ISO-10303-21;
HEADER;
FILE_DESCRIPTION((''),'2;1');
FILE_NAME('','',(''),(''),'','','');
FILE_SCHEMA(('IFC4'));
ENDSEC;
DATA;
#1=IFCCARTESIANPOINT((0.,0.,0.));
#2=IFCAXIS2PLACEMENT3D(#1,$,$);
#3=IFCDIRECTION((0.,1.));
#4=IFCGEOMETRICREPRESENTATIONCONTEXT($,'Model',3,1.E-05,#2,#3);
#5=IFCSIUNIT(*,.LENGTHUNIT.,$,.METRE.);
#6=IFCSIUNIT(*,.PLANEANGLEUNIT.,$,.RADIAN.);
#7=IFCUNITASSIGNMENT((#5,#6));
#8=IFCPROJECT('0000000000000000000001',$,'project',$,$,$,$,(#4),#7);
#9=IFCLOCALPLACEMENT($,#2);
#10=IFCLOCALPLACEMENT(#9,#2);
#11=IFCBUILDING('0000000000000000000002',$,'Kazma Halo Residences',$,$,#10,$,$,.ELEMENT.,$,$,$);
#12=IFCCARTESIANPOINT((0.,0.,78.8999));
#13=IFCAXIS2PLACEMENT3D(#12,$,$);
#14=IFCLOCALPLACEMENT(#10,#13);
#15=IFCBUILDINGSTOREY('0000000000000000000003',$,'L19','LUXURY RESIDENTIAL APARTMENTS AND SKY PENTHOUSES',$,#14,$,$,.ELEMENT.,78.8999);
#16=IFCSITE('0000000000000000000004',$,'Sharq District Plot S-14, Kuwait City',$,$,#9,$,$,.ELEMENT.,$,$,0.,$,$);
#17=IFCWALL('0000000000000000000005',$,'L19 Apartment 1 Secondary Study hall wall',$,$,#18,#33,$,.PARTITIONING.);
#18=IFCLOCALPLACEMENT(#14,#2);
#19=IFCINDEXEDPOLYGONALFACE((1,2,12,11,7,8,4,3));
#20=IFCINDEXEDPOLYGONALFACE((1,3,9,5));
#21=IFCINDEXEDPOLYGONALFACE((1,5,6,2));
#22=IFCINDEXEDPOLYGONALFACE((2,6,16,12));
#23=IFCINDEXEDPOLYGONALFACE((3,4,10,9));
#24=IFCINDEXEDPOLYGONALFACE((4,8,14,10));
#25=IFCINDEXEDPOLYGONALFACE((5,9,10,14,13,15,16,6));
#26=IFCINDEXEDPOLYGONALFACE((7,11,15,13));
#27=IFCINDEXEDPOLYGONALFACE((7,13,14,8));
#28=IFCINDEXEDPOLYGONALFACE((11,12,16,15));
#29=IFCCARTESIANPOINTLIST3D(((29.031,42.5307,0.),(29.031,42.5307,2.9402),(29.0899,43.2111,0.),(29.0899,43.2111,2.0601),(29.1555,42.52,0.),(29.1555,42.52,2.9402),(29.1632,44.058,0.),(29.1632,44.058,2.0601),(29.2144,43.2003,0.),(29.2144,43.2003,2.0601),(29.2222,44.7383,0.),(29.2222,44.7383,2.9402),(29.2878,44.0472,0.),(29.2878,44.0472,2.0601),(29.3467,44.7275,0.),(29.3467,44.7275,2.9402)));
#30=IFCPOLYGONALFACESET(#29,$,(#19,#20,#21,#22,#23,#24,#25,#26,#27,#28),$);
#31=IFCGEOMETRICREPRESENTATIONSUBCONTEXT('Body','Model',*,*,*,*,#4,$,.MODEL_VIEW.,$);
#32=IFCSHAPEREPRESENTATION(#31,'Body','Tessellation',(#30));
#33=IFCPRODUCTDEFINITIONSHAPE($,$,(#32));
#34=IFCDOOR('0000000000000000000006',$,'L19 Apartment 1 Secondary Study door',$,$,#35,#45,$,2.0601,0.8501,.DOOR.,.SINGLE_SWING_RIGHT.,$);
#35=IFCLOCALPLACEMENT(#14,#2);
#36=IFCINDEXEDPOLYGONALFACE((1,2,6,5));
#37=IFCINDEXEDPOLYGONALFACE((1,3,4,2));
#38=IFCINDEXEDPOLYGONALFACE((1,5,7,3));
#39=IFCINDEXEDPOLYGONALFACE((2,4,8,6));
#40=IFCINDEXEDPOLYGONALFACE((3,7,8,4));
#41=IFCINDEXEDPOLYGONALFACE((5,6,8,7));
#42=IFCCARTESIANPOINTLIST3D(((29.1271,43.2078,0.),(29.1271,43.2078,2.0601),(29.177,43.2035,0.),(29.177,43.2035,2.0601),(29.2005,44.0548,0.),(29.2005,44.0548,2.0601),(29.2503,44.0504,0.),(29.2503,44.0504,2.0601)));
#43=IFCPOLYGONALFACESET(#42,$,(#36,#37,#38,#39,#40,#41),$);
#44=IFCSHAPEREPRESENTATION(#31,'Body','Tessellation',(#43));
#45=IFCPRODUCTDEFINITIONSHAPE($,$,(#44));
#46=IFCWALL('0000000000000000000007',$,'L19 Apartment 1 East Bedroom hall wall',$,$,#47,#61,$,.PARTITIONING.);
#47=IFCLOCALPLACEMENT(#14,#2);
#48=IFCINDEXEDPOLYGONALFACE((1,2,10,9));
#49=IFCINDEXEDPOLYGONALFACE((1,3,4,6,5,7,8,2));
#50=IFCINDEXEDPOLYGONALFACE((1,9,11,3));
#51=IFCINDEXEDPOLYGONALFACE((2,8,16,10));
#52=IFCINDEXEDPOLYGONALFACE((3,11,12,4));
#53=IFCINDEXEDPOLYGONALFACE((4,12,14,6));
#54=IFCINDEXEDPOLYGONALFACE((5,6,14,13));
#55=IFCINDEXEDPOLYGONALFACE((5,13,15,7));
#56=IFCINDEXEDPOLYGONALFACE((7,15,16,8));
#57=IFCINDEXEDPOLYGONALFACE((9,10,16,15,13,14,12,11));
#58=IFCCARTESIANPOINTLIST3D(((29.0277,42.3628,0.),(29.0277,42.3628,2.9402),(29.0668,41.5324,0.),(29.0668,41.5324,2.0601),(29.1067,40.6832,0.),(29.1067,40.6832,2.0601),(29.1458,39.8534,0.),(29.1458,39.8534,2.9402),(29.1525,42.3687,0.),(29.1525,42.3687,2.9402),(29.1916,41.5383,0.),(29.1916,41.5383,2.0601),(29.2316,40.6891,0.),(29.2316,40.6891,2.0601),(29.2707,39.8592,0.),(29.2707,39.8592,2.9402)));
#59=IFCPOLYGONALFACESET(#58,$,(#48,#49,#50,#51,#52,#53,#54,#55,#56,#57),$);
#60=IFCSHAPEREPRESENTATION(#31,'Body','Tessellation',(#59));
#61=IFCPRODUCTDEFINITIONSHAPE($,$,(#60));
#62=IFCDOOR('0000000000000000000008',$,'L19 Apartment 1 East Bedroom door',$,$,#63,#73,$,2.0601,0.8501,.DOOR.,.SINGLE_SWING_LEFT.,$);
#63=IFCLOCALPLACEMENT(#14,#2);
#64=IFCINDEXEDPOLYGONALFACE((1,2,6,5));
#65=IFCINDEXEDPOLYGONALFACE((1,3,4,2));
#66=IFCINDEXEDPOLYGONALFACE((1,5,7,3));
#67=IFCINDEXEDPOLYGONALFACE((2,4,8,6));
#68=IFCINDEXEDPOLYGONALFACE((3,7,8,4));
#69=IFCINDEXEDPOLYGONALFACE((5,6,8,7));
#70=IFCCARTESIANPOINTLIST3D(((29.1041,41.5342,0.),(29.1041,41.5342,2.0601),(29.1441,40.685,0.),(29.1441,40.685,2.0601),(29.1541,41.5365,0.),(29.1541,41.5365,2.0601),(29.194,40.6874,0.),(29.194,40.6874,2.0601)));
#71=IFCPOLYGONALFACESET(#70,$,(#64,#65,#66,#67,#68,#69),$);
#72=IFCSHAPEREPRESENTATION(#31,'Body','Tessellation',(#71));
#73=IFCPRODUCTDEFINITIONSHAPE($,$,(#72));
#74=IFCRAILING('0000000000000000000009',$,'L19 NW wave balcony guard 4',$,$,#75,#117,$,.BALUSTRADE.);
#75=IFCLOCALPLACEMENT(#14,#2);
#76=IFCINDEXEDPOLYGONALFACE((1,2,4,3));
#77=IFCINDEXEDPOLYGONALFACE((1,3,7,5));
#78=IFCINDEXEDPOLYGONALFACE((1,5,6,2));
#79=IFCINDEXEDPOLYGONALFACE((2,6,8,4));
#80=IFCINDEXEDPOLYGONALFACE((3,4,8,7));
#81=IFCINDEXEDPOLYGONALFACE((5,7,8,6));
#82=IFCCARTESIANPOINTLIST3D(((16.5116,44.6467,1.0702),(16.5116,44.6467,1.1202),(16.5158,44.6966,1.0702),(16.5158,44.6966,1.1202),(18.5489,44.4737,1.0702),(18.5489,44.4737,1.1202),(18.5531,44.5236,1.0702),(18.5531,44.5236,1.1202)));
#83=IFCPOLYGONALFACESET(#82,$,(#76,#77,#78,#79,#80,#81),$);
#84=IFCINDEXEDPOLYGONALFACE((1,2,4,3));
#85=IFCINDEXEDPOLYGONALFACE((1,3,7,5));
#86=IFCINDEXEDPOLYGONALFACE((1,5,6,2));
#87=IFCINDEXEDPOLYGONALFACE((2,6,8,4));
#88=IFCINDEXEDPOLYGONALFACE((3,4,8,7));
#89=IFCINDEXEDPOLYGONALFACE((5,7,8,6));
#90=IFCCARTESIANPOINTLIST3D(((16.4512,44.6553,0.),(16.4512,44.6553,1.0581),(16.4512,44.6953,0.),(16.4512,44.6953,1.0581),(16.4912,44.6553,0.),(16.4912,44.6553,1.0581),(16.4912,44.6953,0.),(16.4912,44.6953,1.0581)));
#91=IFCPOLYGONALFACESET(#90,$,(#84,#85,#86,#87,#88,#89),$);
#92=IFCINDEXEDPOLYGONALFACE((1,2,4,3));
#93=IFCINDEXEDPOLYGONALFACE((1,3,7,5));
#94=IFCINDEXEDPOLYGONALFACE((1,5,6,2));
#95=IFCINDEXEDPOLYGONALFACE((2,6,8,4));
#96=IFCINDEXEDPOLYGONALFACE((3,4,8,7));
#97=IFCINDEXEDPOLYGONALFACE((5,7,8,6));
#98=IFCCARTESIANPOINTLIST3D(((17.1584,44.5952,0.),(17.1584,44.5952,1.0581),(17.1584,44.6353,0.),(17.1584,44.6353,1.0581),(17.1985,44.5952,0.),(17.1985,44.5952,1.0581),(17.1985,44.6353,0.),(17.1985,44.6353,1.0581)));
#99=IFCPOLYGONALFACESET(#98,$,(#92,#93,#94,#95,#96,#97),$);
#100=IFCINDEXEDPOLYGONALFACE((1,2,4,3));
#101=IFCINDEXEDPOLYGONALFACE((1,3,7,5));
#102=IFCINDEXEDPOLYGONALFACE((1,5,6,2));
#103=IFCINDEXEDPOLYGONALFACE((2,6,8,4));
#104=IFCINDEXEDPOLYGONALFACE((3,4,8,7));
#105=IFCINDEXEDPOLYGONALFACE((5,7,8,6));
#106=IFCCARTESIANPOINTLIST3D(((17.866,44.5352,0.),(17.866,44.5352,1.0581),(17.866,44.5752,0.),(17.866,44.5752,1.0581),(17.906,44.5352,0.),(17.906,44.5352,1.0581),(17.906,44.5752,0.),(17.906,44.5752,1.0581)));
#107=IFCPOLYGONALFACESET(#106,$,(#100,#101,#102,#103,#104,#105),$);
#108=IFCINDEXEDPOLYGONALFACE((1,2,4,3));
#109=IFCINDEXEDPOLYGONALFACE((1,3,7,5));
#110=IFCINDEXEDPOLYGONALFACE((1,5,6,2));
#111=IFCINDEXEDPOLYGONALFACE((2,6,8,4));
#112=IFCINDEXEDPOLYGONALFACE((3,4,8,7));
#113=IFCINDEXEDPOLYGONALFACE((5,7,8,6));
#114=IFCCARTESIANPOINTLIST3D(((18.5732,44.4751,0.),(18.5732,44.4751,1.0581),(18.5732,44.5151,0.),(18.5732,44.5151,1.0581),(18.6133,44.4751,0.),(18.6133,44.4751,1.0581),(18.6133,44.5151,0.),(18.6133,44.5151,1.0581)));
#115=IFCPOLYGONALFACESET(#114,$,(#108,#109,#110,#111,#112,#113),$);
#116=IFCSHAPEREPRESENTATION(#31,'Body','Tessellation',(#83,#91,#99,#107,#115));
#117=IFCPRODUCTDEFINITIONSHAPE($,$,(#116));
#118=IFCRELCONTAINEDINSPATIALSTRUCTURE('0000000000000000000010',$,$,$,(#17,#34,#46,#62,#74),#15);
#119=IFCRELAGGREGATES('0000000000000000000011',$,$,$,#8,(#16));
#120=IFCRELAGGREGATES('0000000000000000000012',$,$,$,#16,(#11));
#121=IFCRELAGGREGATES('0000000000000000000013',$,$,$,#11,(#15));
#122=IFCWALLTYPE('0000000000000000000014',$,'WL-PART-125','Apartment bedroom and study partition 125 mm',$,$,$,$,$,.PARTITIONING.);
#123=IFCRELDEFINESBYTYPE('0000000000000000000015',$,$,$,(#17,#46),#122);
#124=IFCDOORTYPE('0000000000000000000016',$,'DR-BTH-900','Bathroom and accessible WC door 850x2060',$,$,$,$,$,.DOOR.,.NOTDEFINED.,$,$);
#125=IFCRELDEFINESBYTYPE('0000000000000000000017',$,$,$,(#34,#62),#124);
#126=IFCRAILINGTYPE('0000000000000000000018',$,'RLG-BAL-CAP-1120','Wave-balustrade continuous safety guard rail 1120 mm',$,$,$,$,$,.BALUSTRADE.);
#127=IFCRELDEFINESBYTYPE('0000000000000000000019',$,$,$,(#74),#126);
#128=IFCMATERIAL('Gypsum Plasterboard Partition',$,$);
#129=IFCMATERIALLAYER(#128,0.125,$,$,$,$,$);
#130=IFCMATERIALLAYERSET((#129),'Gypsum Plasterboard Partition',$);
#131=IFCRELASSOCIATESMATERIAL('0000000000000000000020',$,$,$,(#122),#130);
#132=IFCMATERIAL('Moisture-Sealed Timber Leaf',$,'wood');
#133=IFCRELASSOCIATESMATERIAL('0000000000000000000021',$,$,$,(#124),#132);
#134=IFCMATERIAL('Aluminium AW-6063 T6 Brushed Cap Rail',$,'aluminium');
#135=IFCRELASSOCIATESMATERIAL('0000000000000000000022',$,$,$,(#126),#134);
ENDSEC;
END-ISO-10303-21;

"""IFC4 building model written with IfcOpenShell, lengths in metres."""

from ifc_helpers import new_model, si_unit, direction, frame, frame_2d, origin, origin_2d, place, context, subcontext, project, spatial, rectangle, extrude, material, layer, layer_set, type_object, element, fill, save


model = new_model("IFC4")

# Units and contexts
model_context = context("Model", 3, precision=1e-05, world=origin(), true_north=direction((0.0, 1.0)))
body_context = subcontext(model_context, "Body", "Model", "MODEL_VIEW")
ifc_project = project(units=[si_unit("LENGTHUNIT", "METRE"), si_unit("PLANEANGLEUNIT", "RADIAN")], contexts=[model_context])

# Site, building, storey
site_placement = place(None, origin())
site = spatial("IfcSite", under=ifc_project, at=site_placement, Name="Sharq District Plot S-14, Kuwait City", CompositionType="ELEMENT", RefElevation=0.0)
building_placement = place(site_placement, origin())
building = spatial("IfcBuilding", under=site, at=building_placement, Name="Kazma Halo Residences", CompositionType="ELEMENT")
storey_placement = place(building_placement, frame((0.0, 0.0, 78.8999)))
storey = spatial("IfcBuildingStorey", under=building, at=storey_placement, Name="L19", Description="LUXURY RESIDENTIAL APARTMENTS AND SKY PENTHOUSES", CompositionType="ELEMENT", Elevation=78.8999)

# Shared definitions
ifc_material_1 = material(Name="Gypsum Plasterboard Partition")
ifc_layer_1 = layer(ifc_material_1, 0.125)
ifc_layer_set_1 = layer_set([ifc_layer_1], Name="Gypsum Plasterboard Partition")
wall_type_1 = type_object("IfcWallType", Name="WL-PART-125", Description="Apartment bedroom and study partition 125 mm", PredefinedType="PARTITIONING", material=ifc_layer_set_1)

# Shared definitions
ifc_material_2 = material(Name="Moisture-Sealed Timber Leaf", Category="wood")
door_type = type_object("IfcDoorType", Name="DR-BTH-900", Description="Bathroom and accessible WC door 850x2060", OperationType="NOTDEFINED", PredefinedType="DOOR", material=ifc_material_2)

# Walls, openings, doors
wall_1_placement = place(storey_placement, frame((29.2844, 44.7329, 0.0), z_axis=(0.0, 0.0, 1.0), x_axis=(-0.086273, -0.996272, 0.0)))
wall_1 = element("IfcWall", 1, at=wall_1_placement, inside=storey, type_object=wall_type_1, Name="L19 Apartment 1 Secondary Study hall wall", PredefinedType="PARTITIONING", context=body_context, shape_type="SweptSolid", body=[
    extrude(rectangle(XDim=2.2158, YDim=0.125, at=frame_2d((1.1079, 0.0))), origin(), (0.0, 0.0, 1.0), 2.9402),
])
opening_1_placement = place(wall_1_placement, frame((0.6829, 0.0, 0.0)))
opening_1 = element("IfcOpeningElement", 2, at=opening_1_placement, cuts=wall_1, PredefinedType="OPENING", context=body_context, shape_type="SweptSolid", body=[
    extrude(rectangle(XDim=0.8501, YDim=2.0601, at=frame_2d((0.425, 1.03))), frame((0.0, 0.0725, 0.0), z_axis=(0.0, -1.0, 0.0), x_axis=(1.0, 0.0, 0.0)), (0.0, 0.0, 1.0), 0.145),
])
door_1_placement = place(opening_1_placement, origin())
door_1 = element("IfcDoor", 3, at=door_1_placement, inside=storey, type_object=door_type, Name="L19 Apartment 1 Secondary Study door", OperationType="SINGLE_SWING_RIGHT", OverallHeight=2.0601, OverallWidth=0.8501, PredefinedType="DOOR", context=body_context, shape_type="SweptSolid", body=[
    extrude(rectangle(XDim=0.8501, YDim=2.0601, at=frame_2d((0.425, 1.03))), frame((0.0, 0.0249, 0.0), z_axis=(0.0, -1.0, 0.0), x_axis=(1.0, 0.0, 0.0)), (0.0, 0.0, 1.0), 0.05),
])
fill(opening_1, door_1)
wall_2_placement = place(storey_placement, frame((29.0901, 42.3657, 0.0), z_axis=(0.0, 0.0, 1.0), x_axis=(0.047034, -0.998893, 0.0)))
wall_2 = element("IfcWall", 4, at=wall_2_placement, inside=storey, type_object=wall_type_1, Name="L19 Apartment 1 East Bedroom hall wall", PredefinedType="PARTITIONING", context=body_context, shape_type="SweptSolid", body=[
    extrude(rectangle(XDim=2.5122, YDim=0.125, at=frame_2d((1.2561, 0.0))), origin(), (0.0, 0.0, 1.0), 2.9402),
])
opening_2_placement = place(wall_2_placement, frame((0.8313, 0.0, 0.0)))
opening_2 = element("IfcOpeningElement", 5, at=opening_2_placement, cuts=wall_2, PredefinedType="OPENING", context=body_context, shape_type="SweptSolid", body=[
    extrude(rectangle(XDim=0.8501, YDim=2.0601, at=frame_2d((0.425, 1.03))), frame((0.0, 0.0725, 0.0), z_axis=(0.0, -1.0, 0.0), x_axis=(1.0, 0.0, 0.0)), (0.0, 0.0, 1.0), 0.145),
])
door_2_placement = place(opening_2_placement, origin())
door_2 = element("IfcDoor", 6, at=door_2_placement, inside=storey, type_object=door_type, Name="L19 Apartment 1 East Bedroom door", OperationType="SINGLE_SWING_LEFT", OverallHeight=2.0601, OverallWidth=0.8501, PredefinedType="DOOR", context=body_context, shape_type="SweptSolid", body=[
    extrude(rectangle(XDim=0.8501, YDim=2.0601, at=frame_2d((0.425, 1.03))), frame((0.0, 0.0249, 0.0), z_axis=(0.0, -1.0, 0.0), x_axis=(1.0, 0.0, 0.0)), (0.0, 0.0, 1.0), 0.05),
])
fill(opening_2, door_2)

# Railing
ifc_material_3 = material(Name="Aluminium AW-6063 T6 Brushed Cap Rail", Category="aluminium")
railing_type = type_object("IfcRailingType", Name="RLG-BAL-CAP-1120", Description="Wave-balustrade continuous safety guard rail 1120 mm", PredefinedType="BALUSTRADE", material=ifc_material_3)
railing_placement = place(storey_placement, frame((16.4712, 44.6753, 0.0)))
element("IfcRailing", 7, at=railing_placement, inside=storey, type_object=railing_type, Name="L19 NW wave balcony guard 4", PredefinedType="BALUSTRADE", context=body_context, shape_type="SweptSolid", body=[
    extrude(rectangle(XDim=0.05, YDim=0.05, at=origin_2d()), frame((0.0425, -0.0037, 1.0952), z_axis=(0.996415, -0.084601, 0.0), x_axis=(0.084601, 0.996415, 0.0)), (0.0, 0.0, 1.0), 2.0447),
    extrude(rectangle(XDim=0.04, YDim=0.04, at=origin_2d()), origin(), (0.0, 0.0, 1.0), 1.0581),
    extrude(rectangle(XDim=0.04, YDim=0.04, at=origin_2d()), frame((0.7073, -0.0601, 0.0)), (0.0, 0.0, 1.0), 1.0581),
    extrude(rectangle(XDim=0.04, YDim=0.04, at=origin_2d()), frame((1.4148, -0.1201, 0.0)), (0.0, 0.0, 1.0), 1.0581),
    extrude(rectangle(XDim=0.04, YDim=0.04, at=origin_2d()), frame((2.1221, -0.1802, 0.0)), (0.0, 0.0, 1.0), 1.0581),
])

save(model, "model.ifc")
